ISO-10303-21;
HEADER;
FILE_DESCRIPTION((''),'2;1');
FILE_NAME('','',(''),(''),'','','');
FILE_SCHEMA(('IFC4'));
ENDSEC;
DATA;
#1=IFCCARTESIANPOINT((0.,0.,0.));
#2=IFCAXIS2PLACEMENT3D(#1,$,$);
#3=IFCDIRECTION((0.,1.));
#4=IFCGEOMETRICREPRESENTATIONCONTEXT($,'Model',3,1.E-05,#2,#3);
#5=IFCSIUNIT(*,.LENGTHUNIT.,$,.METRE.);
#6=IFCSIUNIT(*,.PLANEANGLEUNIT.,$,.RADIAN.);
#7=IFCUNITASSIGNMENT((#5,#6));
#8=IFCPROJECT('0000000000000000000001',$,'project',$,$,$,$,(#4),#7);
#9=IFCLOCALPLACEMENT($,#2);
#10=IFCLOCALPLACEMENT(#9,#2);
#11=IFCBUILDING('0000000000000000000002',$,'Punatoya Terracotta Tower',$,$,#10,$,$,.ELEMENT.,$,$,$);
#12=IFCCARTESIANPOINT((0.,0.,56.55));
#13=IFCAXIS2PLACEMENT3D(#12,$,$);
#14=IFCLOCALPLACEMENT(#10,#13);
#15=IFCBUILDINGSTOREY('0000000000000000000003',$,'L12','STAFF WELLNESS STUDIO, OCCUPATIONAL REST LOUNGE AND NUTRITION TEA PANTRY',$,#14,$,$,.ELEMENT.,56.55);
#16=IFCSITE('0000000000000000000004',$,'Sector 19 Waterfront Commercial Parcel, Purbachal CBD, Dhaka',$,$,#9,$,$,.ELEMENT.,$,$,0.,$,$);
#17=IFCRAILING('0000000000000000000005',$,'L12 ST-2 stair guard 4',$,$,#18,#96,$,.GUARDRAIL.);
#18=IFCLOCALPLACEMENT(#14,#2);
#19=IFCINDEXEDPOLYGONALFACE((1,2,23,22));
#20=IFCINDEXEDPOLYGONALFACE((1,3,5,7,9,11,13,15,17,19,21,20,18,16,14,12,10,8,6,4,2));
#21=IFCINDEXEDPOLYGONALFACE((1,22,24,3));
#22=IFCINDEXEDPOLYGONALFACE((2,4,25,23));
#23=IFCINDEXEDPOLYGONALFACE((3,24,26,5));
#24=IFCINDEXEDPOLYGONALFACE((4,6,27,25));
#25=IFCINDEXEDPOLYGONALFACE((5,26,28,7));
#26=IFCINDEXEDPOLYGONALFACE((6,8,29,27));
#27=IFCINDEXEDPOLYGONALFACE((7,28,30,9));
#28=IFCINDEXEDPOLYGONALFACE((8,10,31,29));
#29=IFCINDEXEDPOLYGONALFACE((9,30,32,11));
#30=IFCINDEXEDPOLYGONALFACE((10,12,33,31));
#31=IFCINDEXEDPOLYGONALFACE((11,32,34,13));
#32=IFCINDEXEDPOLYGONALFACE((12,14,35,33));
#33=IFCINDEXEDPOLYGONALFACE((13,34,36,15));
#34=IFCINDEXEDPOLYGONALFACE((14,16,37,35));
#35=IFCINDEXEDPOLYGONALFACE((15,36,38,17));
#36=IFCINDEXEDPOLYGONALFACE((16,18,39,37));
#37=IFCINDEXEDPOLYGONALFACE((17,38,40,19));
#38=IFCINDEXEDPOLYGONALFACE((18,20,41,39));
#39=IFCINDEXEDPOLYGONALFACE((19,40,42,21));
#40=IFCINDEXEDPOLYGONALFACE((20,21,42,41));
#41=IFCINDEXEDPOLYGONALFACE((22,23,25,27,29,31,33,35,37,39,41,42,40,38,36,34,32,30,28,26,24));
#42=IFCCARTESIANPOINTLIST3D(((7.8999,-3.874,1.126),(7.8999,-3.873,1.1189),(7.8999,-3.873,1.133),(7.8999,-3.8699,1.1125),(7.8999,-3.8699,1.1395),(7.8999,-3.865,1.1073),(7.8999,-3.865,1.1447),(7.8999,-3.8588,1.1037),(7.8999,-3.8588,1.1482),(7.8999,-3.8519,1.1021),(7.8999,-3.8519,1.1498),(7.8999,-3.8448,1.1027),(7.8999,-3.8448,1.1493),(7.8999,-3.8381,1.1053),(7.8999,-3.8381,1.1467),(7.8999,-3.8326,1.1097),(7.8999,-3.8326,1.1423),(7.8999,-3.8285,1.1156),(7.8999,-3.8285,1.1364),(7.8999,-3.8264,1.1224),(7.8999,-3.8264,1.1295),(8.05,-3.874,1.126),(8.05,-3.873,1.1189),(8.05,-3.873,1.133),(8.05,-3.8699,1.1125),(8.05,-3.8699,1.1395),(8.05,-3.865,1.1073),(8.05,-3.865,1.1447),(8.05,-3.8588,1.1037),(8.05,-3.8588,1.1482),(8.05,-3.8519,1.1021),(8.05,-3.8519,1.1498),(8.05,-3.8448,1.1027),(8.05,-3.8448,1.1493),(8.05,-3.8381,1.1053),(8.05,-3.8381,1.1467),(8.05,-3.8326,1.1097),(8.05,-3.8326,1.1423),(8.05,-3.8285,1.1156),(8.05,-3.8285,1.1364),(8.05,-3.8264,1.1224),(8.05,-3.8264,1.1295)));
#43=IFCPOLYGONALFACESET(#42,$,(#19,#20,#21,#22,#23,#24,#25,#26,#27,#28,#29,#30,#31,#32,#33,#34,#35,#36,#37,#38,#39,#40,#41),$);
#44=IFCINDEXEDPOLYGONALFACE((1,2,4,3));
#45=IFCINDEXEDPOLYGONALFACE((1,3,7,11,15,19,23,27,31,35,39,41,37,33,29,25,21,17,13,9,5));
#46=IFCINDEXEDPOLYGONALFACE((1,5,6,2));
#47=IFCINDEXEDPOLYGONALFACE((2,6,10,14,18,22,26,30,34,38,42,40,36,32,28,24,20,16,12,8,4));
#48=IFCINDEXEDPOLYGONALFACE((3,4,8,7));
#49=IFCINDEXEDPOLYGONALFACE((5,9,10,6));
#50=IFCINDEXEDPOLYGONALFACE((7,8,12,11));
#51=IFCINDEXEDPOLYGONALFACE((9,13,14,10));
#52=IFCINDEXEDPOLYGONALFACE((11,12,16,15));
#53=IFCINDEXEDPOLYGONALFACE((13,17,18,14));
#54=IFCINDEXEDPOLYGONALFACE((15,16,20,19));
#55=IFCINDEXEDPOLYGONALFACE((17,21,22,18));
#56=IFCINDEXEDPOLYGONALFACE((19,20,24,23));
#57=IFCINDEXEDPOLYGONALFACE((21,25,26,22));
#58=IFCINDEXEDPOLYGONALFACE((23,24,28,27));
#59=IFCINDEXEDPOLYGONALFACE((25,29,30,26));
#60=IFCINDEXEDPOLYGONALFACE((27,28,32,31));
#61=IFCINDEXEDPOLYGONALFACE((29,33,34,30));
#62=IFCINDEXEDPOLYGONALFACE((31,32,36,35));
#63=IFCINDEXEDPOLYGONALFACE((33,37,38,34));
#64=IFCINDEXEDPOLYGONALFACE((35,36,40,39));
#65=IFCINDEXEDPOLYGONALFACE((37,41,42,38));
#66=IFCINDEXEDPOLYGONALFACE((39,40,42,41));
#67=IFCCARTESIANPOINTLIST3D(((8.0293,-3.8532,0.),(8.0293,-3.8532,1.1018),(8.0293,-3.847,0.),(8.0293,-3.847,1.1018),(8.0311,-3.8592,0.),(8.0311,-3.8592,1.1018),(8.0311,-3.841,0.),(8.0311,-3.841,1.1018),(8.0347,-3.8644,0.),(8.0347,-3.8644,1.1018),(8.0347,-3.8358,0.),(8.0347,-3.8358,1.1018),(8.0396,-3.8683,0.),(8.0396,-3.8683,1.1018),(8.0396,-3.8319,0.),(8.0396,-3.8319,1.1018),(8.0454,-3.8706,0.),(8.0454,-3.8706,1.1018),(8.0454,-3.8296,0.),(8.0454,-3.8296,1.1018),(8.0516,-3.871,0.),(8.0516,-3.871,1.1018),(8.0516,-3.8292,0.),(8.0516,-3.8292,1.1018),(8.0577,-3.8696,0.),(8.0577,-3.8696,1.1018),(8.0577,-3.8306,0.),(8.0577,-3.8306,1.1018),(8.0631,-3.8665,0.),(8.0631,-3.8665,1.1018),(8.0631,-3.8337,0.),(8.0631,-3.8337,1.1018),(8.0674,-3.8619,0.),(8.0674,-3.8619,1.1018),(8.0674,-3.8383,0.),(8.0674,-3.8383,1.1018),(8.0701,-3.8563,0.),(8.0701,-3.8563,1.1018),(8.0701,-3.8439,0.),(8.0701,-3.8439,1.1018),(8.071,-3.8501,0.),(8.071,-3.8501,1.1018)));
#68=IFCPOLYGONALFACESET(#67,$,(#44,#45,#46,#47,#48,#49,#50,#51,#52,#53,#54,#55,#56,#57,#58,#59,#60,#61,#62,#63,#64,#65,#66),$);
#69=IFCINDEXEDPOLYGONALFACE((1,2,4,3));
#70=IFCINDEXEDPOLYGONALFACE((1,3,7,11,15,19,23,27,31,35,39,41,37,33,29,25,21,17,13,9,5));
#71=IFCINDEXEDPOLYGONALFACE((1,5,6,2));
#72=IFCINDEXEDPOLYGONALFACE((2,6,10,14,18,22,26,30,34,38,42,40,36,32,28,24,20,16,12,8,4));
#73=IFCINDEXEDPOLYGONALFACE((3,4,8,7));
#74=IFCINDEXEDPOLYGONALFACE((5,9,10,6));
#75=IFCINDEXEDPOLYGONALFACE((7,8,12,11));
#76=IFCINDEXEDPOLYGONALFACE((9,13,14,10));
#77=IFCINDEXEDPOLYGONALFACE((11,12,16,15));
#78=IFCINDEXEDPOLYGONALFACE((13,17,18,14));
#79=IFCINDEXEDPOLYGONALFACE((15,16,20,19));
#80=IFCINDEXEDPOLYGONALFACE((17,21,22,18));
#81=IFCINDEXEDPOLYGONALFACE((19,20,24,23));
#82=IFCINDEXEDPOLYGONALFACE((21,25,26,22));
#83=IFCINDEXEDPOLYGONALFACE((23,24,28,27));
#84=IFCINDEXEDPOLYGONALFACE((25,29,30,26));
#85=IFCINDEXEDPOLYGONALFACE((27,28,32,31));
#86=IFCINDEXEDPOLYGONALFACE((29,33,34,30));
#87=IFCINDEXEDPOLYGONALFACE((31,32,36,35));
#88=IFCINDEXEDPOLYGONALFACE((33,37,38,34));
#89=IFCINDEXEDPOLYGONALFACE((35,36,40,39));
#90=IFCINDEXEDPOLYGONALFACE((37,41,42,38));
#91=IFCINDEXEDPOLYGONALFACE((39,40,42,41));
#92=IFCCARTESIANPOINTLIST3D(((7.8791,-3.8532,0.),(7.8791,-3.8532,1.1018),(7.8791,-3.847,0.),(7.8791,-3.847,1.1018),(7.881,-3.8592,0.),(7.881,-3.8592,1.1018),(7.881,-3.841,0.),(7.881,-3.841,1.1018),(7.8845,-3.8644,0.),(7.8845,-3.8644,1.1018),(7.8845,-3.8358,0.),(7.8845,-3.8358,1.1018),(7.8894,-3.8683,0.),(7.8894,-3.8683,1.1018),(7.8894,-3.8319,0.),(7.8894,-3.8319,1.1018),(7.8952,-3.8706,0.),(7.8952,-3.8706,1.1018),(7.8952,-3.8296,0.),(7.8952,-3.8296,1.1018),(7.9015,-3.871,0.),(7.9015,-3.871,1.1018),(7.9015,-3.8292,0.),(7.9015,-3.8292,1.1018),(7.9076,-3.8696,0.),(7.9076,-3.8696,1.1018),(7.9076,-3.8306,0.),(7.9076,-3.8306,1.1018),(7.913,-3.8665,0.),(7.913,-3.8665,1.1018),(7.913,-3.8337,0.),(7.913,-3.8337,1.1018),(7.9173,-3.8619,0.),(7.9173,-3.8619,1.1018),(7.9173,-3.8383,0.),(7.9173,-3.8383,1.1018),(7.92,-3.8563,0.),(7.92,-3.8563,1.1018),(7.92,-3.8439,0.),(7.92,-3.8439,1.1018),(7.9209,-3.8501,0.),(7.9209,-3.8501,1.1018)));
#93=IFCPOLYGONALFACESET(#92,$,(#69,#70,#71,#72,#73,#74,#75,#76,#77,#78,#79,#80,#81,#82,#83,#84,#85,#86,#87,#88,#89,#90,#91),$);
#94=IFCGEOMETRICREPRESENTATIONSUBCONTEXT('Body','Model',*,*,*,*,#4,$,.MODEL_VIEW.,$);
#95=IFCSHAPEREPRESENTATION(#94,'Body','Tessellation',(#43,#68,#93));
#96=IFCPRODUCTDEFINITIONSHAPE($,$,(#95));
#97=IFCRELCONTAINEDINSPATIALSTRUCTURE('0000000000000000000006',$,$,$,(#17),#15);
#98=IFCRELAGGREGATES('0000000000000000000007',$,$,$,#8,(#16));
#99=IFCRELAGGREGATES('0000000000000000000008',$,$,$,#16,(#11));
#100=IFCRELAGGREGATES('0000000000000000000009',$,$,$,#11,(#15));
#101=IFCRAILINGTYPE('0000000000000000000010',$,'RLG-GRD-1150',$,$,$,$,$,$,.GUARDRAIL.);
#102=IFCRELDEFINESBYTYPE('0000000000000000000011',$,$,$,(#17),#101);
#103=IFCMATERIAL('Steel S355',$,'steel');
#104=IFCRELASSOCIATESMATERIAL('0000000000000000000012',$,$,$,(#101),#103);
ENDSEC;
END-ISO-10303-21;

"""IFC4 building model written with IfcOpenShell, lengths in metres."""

from ifc_helpers import new_model, si_unit, direction, frame, origin, origin_2d, place, context, subcontext, project, spatial, circle, extrude, material, type_object, element, save


model = new_model("IFC4")

# Units and contexts
model_context = context("Model", 3, precision=1e-05, world=origin(), true_north=direction((0.0, 1.0)))
body_context = subcontext(model_context, "Body", "Model", "MODEL_VIEW")
ifc_project = project(units=[si_unit("LENGTHUNIT", "METRE"), si_unit("PLANEANGLEUNIT", "RADIAN")], contexts=[model_context])

# Site, building, storey
site_placement = place(None, origin())
site = spatial("IfcSite", under=ifc_project, at=site_placement, Name="Sector 19 Waterfront Commercial Parcel, Purbachal CBD, Dhaka", CompositionType="ELEMENT", RefElevation=0.0)
building_placement = place(site_placement, origin())
building = spatial("IfcBuilding", under=site, at=building_placement, Name="Punatoya Terracotta Tower", CompositionType="ELEMENT")
storey_placement = place(building_placement, frame((0.0, 0.0, 56.55)))
storey = spatial("IfcBuildingStorey", under=building, at=storey_placement, Name="L12", Description="STAFF WELLNESS STUDIO, OCCUPATIONAL REST LOUNGE AND NUTRITION TEA PANTRY", CompositionType="ELEMENT", Elevation=56.55)

# Shared definitions
ifc_material_1 = material(Name="Steel S355", Category="steel")

# Railing
railing_type_1 = type_object("IfcRailingType", Name="RLG-GRD-1150", PredefinedType="GUARDRAIL", material=ifc_material_1)
railing_1_placement = place(storey_placement, frame((8.05, -3.8501, 0.0)))
element("IfcRailing", 1, at=railing_1_placement, inside=storey, type_object=railing_type_1, Name="L12 ST-2 stair guard 4", PredefinedType="GUARDRAIL", context=body_context, shape_type="SweptSolid", body=[
    extrude(circle(Radius=0.0239, at=origin_2d()), frame((0.0, 0.0, 1.126), z_axis=(-1.0, 0.0, 0.0), x_axis=(0.0, -1.0, 0.0)), (0.0, 0.0, 1.0), 0.1501),
    extrude(circle(Radius=0.021, at=origin_2d()), origin(), (0.0, 0.0, 1.0), 1.1018),
    extrude(circle(Radius=0.021, at=origin_2d()), frame((-0.1501, 0.0, 0.0)), (0.0, 0.0, 1.0), 1.1018),
])

save(model, "model.ifc")
